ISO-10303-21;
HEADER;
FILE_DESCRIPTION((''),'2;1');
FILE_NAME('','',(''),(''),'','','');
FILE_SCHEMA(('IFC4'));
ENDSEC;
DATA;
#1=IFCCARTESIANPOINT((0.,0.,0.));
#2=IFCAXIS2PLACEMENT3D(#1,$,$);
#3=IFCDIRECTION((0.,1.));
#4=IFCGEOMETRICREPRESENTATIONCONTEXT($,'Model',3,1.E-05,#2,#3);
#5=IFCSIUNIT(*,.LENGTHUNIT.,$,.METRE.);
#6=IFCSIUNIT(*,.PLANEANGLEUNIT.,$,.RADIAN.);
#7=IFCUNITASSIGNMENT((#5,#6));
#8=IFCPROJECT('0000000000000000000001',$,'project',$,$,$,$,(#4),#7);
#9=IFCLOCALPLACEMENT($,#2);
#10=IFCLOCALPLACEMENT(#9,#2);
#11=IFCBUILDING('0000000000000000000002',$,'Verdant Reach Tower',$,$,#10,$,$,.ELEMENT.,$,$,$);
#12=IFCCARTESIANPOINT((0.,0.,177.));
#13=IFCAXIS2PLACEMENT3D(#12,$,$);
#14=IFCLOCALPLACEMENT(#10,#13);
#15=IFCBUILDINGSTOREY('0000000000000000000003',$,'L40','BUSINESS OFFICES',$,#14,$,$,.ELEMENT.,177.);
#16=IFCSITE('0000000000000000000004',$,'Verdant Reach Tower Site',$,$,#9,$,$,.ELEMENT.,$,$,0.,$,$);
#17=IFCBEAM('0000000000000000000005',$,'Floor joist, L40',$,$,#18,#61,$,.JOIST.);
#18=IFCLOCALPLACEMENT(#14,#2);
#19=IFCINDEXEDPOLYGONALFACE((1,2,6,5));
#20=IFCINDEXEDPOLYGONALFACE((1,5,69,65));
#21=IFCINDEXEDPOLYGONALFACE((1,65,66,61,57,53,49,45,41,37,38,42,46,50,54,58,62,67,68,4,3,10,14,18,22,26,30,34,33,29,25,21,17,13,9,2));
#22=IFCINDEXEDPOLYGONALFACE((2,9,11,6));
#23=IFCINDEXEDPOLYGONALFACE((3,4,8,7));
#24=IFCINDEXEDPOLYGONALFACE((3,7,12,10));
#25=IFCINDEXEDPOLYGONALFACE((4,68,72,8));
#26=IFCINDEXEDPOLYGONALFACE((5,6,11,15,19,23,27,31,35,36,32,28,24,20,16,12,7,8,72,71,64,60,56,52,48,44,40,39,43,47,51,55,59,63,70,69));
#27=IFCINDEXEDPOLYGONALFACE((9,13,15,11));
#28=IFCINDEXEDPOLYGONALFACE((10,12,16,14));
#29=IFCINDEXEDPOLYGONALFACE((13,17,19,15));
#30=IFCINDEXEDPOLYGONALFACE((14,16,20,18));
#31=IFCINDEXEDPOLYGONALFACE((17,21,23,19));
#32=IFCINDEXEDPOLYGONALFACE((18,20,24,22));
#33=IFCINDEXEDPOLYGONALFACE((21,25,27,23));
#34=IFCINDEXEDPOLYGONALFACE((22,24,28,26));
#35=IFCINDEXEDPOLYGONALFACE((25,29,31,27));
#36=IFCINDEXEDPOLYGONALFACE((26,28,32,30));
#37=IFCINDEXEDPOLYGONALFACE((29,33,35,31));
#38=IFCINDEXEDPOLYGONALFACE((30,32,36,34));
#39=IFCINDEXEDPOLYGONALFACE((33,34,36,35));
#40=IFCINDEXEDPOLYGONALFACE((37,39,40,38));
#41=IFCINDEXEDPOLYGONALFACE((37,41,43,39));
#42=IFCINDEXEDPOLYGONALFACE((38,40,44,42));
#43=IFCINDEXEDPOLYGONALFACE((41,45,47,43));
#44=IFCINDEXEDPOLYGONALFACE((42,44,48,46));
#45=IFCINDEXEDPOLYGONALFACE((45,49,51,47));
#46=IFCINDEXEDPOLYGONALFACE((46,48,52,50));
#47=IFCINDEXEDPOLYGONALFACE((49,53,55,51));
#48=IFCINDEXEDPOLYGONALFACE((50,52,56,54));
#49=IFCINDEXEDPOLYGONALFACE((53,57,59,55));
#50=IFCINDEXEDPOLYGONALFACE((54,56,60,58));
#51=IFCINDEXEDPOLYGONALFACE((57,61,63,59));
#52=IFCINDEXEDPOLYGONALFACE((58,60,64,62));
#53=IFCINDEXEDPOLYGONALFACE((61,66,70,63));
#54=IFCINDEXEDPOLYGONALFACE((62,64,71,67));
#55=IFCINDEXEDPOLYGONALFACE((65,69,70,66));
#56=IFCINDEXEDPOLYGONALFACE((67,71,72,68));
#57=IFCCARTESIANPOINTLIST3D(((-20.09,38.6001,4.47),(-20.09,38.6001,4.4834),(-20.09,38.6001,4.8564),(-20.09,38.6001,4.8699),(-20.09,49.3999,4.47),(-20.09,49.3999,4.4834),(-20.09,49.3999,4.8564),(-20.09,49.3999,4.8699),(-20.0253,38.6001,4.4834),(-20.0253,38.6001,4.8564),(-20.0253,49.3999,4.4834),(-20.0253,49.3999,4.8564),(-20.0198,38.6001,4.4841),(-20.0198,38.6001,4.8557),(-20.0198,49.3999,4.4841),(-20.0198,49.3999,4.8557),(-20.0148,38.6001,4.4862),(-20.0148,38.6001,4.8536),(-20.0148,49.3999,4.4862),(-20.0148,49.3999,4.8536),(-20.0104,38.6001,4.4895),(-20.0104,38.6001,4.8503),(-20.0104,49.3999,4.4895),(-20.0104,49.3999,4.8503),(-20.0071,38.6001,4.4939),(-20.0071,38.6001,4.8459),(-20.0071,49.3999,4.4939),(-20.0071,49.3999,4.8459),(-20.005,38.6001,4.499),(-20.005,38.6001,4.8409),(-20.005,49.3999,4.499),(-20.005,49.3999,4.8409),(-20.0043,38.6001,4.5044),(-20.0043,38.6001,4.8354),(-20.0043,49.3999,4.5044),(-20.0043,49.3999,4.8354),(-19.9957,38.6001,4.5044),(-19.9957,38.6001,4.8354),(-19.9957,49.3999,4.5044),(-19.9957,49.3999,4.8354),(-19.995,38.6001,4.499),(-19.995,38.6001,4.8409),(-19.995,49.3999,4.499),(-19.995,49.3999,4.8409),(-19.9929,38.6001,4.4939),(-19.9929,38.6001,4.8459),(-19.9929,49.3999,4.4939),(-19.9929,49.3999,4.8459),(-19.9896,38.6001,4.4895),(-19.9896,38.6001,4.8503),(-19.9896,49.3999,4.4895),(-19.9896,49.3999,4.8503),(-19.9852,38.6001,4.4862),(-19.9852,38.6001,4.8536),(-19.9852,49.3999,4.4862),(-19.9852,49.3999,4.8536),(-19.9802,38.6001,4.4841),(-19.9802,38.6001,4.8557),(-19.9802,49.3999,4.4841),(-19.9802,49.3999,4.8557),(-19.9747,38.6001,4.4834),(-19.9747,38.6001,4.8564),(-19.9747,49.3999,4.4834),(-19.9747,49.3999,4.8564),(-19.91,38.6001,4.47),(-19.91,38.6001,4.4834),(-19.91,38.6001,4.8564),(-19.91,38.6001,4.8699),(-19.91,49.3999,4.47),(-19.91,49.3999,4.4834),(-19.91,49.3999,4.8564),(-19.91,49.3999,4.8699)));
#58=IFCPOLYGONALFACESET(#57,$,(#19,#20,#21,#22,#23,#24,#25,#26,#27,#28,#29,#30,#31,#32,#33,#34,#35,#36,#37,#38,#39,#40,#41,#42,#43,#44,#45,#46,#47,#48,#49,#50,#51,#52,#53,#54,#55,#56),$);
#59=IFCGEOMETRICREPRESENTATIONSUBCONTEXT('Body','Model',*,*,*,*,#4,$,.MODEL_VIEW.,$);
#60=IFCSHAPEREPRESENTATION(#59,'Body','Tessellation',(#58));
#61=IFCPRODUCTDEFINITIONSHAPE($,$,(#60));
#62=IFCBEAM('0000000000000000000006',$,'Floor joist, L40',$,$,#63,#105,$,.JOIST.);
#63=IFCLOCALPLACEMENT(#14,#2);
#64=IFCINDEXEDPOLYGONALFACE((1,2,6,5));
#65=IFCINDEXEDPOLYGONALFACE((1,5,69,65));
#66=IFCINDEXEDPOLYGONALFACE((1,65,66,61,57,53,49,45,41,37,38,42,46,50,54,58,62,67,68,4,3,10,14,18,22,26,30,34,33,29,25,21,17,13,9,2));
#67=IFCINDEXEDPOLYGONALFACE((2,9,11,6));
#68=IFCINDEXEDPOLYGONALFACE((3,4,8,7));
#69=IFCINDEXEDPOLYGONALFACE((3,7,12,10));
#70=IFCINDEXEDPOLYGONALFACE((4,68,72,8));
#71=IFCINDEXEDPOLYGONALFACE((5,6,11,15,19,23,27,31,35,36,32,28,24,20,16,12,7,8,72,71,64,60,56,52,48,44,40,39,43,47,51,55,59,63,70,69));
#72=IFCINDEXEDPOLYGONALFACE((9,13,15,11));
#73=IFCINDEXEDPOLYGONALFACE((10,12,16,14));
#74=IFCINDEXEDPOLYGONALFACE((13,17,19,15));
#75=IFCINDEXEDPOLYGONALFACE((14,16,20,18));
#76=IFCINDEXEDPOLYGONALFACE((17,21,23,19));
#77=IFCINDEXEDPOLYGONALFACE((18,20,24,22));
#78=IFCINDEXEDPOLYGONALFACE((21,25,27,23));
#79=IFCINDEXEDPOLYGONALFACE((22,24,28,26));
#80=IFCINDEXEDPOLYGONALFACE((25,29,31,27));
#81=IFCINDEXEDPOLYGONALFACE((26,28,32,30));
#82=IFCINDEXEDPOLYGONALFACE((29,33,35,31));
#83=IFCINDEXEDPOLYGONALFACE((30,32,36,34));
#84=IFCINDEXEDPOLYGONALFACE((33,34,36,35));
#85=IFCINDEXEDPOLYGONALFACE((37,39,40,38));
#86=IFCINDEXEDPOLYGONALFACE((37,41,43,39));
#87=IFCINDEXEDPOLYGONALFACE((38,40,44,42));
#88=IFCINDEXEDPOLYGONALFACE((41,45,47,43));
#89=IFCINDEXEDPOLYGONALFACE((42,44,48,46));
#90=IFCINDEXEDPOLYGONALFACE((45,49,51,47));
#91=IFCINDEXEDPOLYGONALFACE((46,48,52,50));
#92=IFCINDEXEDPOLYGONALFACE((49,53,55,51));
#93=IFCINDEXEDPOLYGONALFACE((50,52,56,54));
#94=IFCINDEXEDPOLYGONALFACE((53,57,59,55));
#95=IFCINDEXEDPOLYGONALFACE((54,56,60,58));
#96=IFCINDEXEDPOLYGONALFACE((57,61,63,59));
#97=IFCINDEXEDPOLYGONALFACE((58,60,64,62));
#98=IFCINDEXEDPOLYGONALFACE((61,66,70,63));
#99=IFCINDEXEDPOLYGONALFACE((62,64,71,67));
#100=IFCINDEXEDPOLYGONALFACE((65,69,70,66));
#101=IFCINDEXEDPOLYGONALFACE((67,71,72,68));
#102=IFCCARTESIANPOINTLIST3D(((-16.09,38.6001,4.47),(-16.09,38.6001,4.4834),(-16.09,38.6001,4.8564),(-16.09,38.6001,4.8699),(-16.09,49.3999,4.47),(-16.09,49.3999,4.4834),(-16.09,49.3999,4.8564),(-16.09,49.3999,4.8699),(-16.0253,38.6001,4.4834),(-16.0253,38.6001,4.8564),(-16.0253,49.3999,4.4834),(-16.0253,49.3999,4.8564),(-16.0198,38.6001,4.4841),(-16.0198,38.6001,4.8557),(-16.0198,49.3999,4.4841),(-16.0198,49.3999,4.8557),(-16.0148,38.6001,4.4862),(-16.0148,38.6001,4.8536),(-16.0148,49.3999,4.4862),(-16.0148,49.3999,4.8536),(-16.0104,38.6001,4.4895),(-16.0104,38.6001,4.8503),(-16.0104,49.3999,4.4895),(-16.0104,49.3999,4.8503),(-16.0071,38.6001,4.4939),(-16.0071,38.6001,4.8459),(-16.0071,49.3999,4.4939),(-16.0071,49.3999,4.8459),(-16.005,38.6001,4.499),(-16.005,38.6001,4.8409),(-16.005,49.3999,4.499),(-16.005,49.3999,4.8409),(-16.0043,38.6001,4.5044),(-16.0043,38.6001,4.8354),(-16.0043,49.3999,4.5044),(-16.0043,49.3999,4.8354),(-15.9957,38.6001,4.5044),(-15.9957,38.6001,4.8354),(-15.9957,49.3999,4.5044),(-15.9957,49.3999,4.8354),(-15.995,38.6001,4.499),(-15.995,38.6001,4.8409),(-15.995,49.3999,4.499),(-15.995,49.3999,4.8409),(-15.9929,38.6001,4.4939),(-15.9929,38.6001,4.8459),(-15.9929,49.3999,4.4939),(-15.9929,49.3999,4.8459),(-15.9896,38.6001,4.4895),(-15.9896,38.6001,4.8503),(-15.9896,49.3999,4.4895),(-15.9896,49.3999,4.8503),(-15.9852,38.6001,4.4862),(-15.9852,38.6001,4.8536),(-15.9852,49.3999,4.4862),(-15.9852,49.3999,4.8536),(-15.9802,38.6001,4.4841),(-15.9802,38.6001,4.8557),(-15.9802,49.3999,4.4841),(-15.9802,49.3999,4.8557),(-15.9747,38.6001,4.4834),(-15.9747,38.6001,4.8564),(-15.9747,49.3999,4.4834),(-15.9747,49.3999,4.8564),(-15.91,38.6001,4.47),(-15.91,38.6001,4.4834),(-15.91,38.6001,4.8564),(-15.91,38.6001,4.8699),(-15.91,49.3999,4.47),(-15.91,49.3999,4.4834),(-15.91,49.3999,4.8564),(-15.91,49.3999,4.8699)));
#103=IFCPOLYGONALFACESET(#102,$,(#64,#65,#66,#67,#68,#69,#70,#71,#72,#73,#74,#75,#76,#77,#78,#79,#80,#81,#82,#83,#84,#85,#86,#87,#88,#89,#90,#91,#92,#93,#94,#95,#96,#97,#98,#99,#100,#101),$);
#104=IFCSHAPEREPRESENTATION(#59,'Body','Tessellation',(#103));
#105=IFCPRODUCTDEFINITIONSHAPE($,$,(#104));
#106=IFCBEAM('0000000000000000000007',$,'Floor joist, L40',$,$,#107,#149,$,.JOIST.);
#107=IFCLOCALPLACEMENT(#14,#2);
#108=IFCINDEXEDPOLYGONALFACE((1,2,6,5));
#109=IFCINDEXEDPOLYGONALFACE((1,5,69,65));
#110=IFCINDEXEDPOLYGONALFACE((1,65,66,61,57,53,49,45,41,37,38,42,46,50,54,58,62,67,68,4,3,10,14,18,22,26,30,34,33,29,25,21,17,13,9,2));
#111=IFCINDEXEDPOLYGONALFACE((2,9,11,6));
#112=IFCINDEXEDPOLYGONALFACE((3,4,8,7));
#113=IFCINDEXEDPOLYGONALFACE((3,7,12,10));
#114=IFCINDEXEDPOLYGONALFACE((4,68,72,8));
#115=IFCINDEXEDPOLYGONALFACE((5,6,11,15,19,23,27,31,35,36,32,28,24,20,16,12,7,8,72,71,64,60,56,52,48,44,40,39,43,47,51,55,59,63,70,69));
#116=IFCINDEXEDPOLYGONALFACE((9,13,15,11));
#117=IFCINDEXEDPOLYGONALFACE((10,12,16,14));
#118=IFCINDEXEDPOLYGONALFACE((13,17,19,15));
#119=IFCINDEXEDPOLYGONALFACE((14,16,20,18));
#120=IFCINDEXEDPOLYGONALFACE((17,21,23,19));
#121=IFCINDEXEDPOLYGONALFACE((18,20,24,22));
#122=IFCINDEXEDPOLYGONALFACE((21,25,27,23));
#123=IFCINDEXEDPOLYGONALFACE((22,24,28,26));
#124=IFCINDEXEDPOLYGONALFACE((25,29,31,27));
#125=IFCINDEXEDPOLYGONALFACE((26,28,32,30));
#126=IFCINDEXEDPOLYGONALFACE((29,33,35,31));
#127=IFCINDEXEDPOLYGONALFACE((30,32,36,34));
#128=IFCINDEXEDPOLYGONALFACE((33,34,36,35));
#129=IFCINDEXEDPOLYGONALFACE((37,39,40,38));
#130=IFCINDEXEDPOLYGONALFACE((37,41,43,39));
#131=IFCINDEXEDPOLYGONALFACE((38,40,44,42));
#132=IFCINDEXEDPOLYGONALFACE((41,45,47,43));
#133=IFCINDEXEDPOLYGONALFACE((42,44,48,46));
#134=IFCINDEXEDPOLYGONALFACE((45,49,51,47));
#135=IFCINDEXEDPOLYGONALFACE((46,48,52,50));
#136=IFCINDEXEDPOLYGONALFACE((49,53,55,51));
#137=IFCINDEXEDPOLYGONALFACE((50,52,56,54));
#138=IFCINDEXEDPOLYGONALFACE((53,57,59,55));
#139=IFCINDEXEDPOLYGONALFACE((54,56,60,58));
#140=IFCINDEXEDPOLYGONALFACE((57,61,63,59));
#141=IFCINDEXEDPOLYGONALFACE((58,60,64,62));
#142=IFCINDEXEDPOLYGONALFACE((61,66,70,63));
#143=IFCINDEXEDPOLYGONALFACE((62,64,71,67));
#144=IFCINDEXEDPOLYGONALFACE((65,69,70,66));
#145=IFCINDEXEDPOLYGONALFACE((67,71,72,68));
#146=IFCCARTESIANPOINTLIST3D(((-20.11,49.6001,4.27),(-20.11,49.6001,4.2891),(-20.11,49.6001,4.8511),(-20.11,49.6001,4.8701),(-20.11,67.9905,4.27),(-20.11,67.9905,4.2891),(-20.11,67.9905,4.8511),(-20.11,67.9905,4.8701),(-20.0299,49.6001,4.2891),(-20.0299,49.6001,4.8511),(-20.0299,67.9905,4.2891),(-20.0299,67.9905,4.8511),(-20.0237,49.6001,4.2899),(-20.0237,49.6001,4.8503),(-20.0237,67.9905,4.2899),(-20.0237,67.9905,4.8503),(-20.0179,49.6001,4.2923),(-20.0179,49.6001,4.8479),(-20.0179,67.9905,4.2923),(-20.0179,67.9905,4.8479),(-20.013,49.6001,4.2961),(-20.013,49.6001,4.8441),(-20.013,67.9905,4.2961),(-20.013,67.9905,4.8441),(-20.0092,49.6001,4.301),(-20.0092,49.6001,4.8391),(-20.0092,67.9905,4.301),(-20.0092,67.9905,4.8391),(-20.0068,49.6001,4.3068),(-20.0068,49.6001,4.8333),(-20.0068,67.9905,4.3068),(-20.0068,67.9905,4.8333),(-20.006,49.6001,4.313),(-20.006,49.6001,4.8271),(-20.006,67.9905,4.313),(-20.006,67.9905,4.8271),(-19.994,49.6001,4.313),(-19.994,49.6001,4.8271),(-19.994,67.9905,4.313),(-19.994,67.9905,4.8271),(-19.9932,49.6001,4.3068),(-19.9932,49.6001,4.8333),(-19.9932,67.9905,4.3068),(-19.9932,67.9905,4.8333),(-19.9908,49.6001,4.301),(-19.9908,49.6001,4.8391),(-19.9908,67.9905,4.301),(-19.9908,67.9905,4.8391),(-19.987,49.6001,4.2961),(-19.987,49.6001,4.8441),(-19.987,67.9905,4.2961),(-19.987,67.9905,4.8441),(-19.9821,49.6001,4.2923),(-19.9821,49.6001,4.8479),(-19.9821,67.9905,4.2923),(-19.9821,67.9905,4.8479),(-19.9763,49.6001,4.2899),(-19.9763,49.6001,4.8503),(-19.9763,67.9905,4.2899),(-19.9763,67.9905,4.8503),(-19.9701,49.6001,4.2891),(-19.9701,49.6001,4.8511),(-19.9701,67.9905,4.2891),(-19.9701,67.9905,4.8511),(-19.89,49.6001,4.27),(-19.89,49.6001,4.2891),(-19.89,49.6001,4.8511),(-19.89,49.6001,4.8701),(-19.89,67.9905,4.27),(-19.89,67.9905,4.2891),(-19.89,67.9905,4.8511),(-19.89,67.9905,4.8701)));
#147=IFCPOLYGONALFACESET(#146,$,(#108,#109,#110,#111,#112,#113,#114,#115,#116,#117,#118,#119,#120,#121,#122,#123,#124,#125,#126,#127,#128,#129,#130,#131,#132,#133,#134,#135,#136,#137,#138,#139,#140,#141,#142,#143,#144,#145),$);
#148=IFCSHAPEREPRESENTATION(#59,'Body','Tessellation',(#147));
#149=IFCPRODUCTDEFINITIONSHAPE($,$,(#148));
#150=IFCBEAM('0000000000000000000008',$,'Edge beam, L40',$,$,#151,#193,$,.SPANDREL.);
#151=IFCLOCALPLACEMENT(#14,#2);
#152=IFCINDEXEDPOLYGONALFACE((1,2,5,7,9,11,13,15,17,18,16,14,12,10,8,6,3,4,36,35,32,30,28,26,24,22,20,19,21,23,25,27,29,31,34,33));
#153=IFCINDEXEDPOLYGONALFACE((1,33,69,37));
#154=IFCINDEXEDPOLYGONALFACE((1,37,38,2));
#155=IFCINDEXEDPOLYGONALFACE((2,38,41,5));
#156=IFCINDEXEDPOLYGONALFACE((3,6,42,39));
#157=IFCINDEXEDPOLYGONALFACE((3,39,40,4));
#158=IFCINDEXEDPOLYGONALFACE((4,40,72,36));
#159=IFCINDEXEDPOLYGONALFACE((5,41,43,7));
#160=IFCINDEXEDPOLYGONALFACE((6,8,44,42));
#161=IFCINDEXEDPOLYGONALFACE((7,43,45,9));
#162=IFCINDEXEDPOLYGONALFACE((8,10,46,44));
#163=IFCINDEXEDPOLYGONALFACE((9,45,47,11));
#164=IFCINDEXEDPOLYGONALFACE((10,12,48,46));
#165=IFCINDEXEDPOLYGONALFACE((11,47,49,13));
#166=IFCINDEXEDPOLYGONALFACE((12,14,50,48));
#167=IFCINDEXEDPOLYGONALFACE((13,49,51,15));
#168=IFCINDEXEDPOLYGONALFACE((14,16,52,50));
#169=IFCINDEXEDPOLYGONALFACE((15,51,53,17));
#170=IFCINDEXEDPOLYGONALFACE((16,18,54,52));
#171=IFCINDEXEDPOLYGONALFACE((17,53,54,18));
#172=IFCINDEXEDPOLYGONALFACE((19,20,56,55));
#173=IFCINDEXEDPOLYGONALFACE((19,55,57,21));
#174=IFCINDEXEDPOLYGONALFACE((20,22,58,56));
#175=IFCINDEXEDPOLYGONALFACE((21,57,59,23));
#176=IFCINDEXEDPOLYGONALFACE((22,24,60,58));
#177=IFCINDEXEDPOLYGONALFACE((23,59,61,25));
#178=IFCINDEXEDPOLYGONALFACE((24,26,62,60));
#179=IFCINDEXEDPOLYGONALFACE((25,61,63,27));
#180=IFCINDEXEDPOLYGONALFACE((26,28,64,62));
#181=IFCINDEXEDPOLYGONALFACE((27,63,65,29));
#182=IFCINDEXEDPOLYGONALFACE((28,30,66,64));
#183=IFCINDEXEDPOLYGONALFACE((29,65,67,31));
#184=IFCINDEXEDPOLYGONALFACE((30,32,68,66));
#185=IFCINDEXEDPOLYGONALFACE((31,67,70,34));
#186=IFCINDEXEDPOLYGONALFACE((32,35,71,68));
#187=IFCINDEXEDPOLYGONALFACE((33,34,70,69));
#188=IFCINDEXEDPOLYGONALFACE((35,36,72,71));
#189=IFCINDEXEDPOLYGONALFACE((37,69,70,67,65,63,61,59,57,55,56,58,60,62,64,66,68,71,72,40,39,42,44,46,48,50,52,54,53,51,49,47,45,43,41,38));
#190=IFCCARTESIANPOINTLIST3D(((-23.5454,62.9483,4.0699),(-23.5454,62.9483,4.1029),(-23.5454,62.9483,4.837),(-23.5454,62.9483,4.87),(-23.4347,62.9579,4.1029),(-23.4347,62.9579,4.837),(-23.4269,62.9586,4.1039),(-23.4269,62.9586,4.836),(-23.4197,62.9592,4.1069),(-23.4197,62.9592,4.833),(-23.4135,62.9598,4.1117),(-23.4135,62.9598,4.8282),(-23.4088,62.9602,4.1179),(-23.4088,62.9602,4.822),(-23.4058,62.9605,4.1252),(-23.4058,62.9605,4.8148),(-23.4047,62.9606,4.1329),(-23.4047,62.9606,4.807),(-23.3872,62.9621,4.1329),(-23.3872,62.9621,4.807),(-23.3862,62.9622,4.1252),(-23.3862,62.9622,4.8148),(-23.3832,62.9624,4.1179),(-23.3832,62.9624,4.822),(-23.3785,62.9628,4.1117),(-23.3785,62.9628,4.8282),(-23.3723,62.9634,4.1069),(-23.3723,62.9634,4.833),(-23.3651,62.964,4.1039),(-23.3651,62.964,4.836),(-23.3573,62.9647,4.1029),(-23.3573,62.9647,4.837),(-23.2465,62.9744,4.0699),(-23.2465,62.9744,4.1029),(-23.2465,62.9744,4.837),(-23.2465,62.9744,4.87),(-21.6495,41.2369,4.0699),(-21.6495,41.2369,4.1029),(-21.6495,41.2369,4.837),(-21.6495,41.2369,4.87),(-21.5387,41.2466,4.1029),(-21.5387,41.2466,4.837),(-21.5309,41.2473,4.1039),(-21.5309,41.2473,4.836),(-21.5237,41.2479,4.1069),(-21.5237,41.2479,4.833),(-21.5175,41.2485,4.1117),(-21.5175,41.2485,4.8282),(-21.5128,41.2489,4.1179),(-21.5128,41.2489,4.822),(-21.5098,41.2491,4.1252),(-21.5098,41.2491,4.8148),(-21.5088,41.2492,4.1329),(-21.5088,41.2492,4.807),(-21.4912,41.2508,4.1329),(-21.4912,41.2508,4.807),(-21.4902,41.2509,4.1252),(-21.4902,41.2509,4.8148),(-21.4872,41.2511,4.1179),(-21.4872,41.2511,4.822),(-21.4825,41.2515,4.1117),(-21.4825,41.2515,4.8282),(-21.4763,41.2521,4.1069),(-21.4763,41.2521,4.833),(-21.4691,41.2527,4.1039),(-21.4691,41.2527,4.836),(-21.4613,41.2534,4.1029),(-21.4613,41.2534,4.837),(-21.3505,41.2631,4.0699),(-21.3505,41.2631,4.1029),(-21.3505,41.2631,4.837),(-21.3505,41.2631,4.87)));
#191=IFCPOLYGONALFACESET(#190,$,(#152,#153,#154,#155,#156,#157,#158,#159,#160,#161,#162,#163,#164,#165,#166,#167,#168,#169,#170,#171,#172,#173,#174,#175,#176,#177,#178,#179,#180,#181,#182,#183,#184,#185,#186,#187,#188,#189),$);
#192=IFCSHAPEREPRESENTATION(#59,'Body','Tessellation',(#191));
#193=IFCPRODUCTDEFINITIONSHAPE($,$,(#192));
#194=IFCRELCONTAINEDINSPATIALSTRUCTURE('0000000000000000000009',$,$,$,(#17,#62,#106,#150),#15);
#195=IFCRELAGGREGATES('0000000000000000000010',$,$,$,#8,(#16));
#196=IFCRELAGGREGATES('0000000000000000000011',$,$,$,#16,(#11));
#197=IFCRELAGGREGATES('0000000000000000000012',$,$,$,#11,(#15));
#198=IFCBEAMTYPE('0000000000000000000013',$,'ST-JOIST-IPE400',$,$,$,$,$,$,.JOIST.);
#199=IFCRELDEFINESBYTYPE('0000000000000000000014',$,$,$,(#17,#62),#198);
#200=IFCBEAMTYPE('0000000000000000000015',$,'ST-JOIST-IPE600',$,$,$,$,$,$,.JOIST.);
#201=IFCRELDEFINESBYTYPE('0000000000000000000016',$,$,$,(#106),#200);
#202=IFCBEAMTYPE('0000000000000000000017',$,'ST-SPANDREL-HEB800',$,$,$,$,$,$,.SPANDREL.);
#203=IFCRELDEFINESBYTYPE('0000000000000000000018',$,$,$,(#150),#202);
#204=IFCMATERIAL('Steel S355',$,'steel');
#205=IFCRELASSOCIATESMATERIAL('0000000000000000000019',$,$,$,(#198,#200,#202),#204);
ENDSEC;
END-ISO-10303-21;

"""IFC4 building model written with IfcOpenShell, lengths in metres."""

from ifc_helpers import new_model, si_unit, direction, frame, origin, origin_2d, place, context, subcontext, project, spatial, i_section, extrude, material, material_profile, profile_set, type_object, element, save


model = new_model("IFC4")

# Units and contexts
model_context = context("Model", 3, precision=1e-05, world=origin(), true_north=direction((0.0, 1.0)))
body_context = subcontext(model_context, "Body", "Model", "MODEL_VIEW")
ifc_project = project(units=[si_unit("LENGTHUNIT", "METRE"), si_unit("PLANEANGLEUNIT", "RADIAN")], contexts=[model_context])

# Site, building, storey
site_placement = place(None, origin())
site = spatial("IfcSite", under=ifc_project, at=site_placement, Name="Verdant Reach Tower Site", CompositionType="ELEMENT", RefElevation=0.0)
building_placement = place(site_placement, origin())
building = spatial("IfcBuilding", under=site, at=building_placement, Name="Verdant Reach Tower", CompositionType="ELEMENT")
storey_placement = place(building_placement, frame((0.0, 0.0, 177.0)))
storey = spatial("IfcBuildingStorey", under=building, at=storey_placement, Name="L40", Description="BUSINESS OFFICES", CompositionType="ELEMENT", Elevation=177.0)

# Beams
ifc_material_1 = material(Name="Steel S355", Category="steel")
ifc_material_profile_1 = material_profile(ifc_material_1, i_section(OverallWidth=0.1799, OverallDepth=0.3999, WebThickness=0.0085, FlangeThickness=0.0134, FilletRadius=0.021, at=origin_2d()), Name="IPE 400")
ifc_profile_set_1 = profile_set([ifc_material_profile_1], Name="Steel S355")
beam_type_1 = type_object("IfcBeamType", Name="ST-JOIST-IPE400", PredefinedType="JOIST", material=ifc_profile_set_1)
for number, where, z_axis, x_axis, name in (
    (1, (-20.0, 38.6001, 4.6699), (0.0, 1.0, 0.0), (-1.0, 0.0, 0.0), "Floor joist, L40"),
    (2, (-16.0, 38.6001, 4.6699), (0.0, 1.0, 0.0), (-1.0, 0.0, 0.0), "Floor joist, L40"),
):
    element("IfcBeam", number, at=place(storey_placement, frame(where, z_axis=z_axis, x_axis=x_axis)), inside=storey, type_object=beam_type_1, Name=name, PredefinedType="JOIST", context=body_context, shape_type="SweptSolid", body=[
        extrude(i_section(OverallWidth=0.1799, OverallDepth=0.3999, WebThickness=0.0085, FlangeThickness=0.0134, FilletRadius=0.021, at=origin_2d()), origin(), (0.0, 0.0, 1.0), 10.7998),
    ])
ifc_material_profile_2 = material_profile(ifc_material_1, i_section(OverallWidth=0.22, OverallDepth=0.6001, WebThickness=0.012, FlangeThickness=0.019, FilletRadius=0.0239, at=origin_2d()), Name="IPE 600")
ifc_profile_set_2 = profile_set([ifc_material_profile_2], Name="Steel S355")
beam_type_2 = type_object("IfcBeamType", Name="ST-JOIST-IPE600", PredefinedType="JOIST", material=ifc_profile_set_2)
beam_1_placement = place(storey_placement, frame((-20.0, 49.6001, 4.5701), z_axis=(0.0, 1.0, 0.0), x_axis=(-1.0, 0.0, 0.0)))
element("IfcBeam", 3, at=beam_1_placement, inside=storey, type_object=beam_type_2, Name="Floor joist, L40", PredefinedType="JOIST", context=body_context, shape_type="SweptSolid", body=[
    extrude(i_section(OverallWidth=0.22, OverallDepth=0.6001, WebThickness=0.012, FlangeThickness=0.019, FilletRadius=0.0239, at=origin_2d()), origin(), (0.0, 0.0, 1.0), 18.3904),
])
ifc_material_profile_3 = material_profile(ifc_material_1, i_section(OverallWidth=0.3, OverallDepth=0.8, WebThickness=0.0176, FlangeThickness=0.033, FilletRadius=0.03, at=origin_2d()), Name="HEB 800")
ifc_profile_set_3 = profile_set([ifc_material_profile_3], Name="Steel S355")
beam_type_3 = type_object("IfcBeamType", Name="ST-SPANDREL-HEB800", PredefinedType="SPANDREL", material=ifc_profile_set_3)
beam_2_placement = place(storey_placement, frame((-21.5, 41.25, 4.47), z_axis=(-0.086996, 0.996209, 0.0), x_axis=(-0.996209, -0.086996, 0.0)))
element("IfcBeam", 4, at=beam_2_placement, inside=storey, type_object=beam_type_3, Name="Edge beam, L40", PredefinedType="SPANDREL", context=body_context, shape_type="SweptSolid", body=[
    extrude(i_section(OverallWidth=0.3, OverallDepth=0.8, WebThickness=0.0176, FlangeThickness=0.033, FilletRadius=0.03, at=origin_2d()), origin(), (0.0, 0.0, 1.0), 21.7939),
])

save(model, "model.ifc")
